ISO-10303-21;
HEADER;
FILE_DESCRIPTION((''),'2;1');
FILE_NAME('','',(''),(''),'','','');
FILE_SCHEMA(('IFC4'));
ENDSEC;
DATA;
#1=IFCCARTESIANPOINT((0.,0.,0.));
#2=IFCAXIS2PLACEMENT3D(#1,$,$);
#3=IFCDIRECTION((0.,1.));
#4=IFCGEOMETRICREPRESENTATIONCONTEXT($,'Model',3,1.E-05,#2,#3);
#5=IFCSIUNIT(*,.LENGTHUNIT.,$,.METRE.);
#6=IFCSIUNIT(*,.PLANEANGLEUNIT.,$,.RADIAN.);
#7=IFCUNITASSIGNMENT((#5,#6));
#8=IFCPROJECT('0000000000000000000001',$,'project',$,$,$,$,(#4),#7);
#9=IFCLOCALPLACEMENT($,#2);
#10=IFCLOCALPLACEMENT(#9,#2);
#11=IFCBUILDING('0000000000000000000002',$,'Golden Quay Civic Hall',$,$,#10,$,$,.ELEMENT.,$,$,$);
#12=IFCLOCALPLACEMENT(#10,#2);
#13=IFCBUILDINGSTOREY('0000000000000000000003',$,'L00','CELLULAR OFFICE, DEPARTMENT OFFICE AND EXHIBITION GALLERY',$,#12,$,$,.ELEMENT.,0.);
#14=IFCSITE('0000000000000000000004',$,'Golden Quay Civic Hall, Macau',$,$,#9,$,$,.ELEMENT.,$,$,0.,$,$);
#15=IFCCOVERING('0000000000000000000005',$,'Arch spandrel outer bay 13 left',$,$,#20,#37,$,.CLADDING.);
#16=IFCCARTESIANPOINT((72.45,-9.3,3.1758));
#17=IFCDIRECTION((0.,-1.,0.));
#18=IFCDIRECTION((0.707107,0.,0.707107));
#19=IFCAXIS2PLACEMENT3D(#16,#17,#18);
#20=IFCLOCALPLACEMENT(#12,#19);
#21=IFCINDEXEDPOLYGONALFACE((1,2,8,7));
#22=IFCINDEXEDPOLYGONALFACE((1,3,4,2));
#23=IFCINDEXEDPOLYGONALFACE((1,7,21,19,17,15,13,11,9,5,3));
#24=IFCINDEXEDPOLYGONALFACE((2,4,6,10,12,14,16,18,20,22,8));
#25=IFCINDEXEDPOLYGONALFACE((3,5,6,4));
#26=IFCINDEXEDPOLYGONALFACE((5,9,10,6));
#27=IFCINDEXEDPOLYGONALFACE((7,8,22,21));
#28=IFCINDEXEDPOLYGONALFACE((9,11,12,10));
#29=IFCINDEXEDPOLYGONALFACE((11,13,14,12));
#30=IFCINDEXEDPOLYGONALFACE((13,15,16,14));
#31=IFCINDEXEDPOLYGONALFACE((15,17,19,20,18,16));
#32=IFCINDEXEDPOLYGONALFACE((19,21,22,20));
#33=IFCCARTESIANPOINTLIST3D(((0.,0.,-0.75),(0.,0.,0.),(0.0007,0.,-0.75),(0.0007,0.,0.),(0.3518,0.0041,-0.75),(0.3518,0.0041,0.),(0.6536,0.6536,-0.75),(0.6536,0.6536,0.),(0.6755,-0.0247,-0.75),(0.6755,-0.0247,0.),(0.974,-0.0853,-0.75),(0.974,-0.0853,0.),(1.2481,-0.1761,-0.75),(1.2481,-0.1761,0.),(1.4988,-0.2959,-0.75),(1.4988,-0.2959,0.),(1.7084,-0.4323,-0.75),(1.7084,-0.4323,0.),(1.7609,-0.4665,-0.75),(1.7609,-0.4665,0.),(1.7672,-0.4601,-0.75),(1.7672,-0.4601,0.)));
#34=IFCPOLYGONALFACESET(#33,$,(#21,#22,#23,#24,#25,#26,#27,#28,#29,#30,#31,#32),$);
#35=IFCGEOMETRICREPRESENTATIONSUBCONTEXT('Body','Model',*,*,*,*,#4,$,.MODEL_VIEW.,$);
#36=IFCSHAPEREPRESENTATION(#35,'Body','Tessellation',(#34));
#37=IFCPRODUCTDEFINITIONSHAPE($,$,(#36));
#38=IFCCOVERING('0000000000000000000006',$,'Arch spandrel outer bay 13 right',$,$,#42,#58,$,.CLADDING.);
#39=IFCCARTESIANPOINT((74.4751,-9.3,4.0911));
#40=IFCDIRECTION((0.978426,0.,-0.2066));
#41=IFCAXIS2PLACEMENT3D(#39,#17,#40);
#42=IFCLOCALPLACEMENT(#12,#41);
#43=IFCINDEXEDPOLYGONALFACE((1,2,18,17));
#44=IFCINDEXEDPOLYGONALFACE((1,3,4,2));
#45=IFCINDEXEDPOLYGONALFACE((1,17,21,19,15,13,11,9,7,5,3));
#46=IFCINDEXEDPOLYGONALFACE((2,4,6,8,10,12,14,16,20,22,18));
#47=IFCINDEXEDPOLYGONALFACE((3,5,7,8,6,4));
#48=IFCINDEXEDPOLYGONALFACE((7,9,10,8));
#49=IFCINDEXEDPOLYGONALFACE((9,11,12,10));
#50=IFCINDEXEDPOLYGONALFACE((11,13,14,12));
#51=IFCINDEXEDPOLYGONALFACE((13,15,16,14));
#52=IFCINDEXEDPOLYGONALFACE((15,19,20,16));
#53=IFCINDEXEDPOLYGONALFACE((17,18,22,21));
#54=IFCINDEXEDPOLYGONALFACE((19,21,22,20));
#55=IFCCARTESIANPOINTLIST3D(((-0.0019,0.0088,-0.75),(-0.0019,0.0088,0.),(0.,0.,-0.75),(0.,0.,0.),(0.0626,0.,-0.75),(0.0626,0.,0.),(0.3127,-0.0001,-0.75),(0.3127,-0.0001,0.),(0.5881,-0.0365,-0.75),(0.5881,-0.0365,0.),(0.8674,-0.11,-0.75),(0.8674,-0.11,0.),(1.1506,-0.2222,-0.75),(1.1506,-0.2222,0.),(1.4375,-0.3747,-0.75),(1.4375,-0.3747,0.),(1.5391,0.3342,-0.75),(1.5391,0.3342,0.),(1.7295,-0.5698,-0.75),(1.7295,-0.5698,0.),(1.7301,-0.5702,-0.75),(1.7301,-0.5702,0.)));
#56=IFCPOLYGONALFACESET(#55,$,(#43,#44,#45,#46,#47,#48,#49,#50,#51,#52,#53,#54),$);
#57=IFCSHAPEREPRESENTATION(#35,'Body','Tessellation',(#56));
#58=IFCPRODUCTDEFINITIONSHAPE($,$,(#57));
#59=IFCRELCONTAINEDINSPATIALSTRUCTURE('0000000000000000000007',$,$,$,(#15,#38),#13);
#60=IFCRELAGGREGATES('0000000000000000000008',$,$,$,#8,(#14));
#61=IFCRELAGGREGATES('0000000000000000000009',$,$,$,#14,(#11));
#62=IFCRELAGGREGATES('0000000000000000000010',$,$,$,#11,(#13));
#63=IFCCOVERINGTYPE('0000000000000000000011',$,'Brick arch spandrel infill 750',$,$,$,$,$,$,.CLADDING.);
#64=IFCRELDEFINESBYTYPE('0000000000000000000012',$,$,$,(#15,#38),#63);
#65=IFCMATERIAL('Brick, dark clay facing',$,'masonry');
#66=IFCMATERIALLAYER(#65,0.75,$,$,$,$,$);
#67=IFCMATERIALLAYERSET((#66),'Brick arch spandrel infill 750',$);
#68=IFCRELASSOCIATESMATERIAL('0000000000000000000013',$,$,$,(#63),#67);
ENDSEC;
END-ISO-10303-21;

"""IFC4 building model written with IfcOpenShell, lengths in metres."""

from ifc_helpers import new_model, si_unit, direction, frame, origin, place, context, subcontext, project, spatial, polyline, outline, extrude, material, layer, layer_set, type_object, element, save


model = new_model("IFC4")

# Units and contexts
model_context = context("Model", 3, precision=1e-05, world=origin(), true_north=direction((0.0, 1.0)))
body_context = subcontext(model_context, "Body", "Model", "MODEL_VIEW")
ifc_project = project(units=[si_unit("LENGTHUNIT", "METRE"), si_unit("PLANEANGLEUNIT", "RADIAN")], contexts=[model_context])

# Site, building, storey
site_placement = place(None, origin())
site = spatial("IfcSite", under=ifc_project, at=site_placement, Name="Golden Quay Civic Hall, Macau", CompositionType="ELEMENT", RefElevation=0.0)
building_placement = place(site_placement, origin())
building = spatial("IfcBuilding", under=site, at=building_placement, Name="Golden Quay Civic Hall", CompositionType="ELEMENT")
storey_placement = place(building_placement, origin())
storey = spatial("IfcBuildingStorey", under=building, at=storey_placement, Name="L00", Description="CELLULAR OFFICE, DEPARTMENT OFFICE AND EXHIBITION GALLERY", CompositionType="ELEMENT", Elevation=0.0)

# Coverings
ifc_material_1 = material(Name="Brick, dark clay facing", Category="masonry")
ifc_layer = layer(ifc_material_1, 0.75)
ifc_layer_set = layer_set([ifc_layer], Name="Brick arch spandrel infill 750")
covering_type_1 = type_object("IfcCoveringType", Name="Brick arch spandrel infill 750", PredefinedType="CLADDING", material=ifc_layer_set)
covering_1_placement = place(storey_placement, frame((72.45, -9.3, 3.1758), z_axis=(0.0, -1.0, 0.0), x_axis=(0.707107, 0.0, 0.707107)))
element("IfcCovering", 1, at=covering_1_placement, inside=storey, type_object=covering_type_1, Name="Arch spandrel outer bay 13 left", PredefinedType="CLADDING", context=body_context, shape_type="SweptSolid", body=[
    extrude(outline(polyline([(0.0, 0.0), (0.0007, 0.0), (0.3518, 0.0041), (0.6755, -0.0247), (0.974, -0.0853), (1.2481, -0.1761), (1.4988, -0.2959), (1.7084, -0.4323), (1.7609, -0.4665), (1.7672, -0.4601), (0.6536, 0.6536), (0.0, 0.0)])), origin(), (0.0, 0.0, -1.0), 0.75),
])
covering_2_placement = place(storey_placement, frame((74.4751, -9.3, 4.0911), z_axis=(0.0, -1.0, 0.0), x_axis=(0.978426, 0.0, -0.2066)))
element("IfcCovering", 2, at=covering_2_placement, inside=storey, type_object=covering_type_1, Name="Arch spandrel outer bay 13 right", PredefinedType="CLADDING", context=body_context, shape_type="SweptSolid", body=[
    extrude(outline(polyline([(0.0, 0.0), (0.0626, 0.0), (0.3127, -0.0001), (0.5881, -0.0365), (0.8674, -0.11), (1.1506, -0.2222), (1.4375, -0.3747), (1.7295, -0.5698), (1.7301, -0.5702), (1.5391, 0.3342), (-0.0019, 0.0088), (0.0, 0.0)])), origin(), (0.0, 0.0, -1.0), 0.75),
])

save(model, "model.ifc")
